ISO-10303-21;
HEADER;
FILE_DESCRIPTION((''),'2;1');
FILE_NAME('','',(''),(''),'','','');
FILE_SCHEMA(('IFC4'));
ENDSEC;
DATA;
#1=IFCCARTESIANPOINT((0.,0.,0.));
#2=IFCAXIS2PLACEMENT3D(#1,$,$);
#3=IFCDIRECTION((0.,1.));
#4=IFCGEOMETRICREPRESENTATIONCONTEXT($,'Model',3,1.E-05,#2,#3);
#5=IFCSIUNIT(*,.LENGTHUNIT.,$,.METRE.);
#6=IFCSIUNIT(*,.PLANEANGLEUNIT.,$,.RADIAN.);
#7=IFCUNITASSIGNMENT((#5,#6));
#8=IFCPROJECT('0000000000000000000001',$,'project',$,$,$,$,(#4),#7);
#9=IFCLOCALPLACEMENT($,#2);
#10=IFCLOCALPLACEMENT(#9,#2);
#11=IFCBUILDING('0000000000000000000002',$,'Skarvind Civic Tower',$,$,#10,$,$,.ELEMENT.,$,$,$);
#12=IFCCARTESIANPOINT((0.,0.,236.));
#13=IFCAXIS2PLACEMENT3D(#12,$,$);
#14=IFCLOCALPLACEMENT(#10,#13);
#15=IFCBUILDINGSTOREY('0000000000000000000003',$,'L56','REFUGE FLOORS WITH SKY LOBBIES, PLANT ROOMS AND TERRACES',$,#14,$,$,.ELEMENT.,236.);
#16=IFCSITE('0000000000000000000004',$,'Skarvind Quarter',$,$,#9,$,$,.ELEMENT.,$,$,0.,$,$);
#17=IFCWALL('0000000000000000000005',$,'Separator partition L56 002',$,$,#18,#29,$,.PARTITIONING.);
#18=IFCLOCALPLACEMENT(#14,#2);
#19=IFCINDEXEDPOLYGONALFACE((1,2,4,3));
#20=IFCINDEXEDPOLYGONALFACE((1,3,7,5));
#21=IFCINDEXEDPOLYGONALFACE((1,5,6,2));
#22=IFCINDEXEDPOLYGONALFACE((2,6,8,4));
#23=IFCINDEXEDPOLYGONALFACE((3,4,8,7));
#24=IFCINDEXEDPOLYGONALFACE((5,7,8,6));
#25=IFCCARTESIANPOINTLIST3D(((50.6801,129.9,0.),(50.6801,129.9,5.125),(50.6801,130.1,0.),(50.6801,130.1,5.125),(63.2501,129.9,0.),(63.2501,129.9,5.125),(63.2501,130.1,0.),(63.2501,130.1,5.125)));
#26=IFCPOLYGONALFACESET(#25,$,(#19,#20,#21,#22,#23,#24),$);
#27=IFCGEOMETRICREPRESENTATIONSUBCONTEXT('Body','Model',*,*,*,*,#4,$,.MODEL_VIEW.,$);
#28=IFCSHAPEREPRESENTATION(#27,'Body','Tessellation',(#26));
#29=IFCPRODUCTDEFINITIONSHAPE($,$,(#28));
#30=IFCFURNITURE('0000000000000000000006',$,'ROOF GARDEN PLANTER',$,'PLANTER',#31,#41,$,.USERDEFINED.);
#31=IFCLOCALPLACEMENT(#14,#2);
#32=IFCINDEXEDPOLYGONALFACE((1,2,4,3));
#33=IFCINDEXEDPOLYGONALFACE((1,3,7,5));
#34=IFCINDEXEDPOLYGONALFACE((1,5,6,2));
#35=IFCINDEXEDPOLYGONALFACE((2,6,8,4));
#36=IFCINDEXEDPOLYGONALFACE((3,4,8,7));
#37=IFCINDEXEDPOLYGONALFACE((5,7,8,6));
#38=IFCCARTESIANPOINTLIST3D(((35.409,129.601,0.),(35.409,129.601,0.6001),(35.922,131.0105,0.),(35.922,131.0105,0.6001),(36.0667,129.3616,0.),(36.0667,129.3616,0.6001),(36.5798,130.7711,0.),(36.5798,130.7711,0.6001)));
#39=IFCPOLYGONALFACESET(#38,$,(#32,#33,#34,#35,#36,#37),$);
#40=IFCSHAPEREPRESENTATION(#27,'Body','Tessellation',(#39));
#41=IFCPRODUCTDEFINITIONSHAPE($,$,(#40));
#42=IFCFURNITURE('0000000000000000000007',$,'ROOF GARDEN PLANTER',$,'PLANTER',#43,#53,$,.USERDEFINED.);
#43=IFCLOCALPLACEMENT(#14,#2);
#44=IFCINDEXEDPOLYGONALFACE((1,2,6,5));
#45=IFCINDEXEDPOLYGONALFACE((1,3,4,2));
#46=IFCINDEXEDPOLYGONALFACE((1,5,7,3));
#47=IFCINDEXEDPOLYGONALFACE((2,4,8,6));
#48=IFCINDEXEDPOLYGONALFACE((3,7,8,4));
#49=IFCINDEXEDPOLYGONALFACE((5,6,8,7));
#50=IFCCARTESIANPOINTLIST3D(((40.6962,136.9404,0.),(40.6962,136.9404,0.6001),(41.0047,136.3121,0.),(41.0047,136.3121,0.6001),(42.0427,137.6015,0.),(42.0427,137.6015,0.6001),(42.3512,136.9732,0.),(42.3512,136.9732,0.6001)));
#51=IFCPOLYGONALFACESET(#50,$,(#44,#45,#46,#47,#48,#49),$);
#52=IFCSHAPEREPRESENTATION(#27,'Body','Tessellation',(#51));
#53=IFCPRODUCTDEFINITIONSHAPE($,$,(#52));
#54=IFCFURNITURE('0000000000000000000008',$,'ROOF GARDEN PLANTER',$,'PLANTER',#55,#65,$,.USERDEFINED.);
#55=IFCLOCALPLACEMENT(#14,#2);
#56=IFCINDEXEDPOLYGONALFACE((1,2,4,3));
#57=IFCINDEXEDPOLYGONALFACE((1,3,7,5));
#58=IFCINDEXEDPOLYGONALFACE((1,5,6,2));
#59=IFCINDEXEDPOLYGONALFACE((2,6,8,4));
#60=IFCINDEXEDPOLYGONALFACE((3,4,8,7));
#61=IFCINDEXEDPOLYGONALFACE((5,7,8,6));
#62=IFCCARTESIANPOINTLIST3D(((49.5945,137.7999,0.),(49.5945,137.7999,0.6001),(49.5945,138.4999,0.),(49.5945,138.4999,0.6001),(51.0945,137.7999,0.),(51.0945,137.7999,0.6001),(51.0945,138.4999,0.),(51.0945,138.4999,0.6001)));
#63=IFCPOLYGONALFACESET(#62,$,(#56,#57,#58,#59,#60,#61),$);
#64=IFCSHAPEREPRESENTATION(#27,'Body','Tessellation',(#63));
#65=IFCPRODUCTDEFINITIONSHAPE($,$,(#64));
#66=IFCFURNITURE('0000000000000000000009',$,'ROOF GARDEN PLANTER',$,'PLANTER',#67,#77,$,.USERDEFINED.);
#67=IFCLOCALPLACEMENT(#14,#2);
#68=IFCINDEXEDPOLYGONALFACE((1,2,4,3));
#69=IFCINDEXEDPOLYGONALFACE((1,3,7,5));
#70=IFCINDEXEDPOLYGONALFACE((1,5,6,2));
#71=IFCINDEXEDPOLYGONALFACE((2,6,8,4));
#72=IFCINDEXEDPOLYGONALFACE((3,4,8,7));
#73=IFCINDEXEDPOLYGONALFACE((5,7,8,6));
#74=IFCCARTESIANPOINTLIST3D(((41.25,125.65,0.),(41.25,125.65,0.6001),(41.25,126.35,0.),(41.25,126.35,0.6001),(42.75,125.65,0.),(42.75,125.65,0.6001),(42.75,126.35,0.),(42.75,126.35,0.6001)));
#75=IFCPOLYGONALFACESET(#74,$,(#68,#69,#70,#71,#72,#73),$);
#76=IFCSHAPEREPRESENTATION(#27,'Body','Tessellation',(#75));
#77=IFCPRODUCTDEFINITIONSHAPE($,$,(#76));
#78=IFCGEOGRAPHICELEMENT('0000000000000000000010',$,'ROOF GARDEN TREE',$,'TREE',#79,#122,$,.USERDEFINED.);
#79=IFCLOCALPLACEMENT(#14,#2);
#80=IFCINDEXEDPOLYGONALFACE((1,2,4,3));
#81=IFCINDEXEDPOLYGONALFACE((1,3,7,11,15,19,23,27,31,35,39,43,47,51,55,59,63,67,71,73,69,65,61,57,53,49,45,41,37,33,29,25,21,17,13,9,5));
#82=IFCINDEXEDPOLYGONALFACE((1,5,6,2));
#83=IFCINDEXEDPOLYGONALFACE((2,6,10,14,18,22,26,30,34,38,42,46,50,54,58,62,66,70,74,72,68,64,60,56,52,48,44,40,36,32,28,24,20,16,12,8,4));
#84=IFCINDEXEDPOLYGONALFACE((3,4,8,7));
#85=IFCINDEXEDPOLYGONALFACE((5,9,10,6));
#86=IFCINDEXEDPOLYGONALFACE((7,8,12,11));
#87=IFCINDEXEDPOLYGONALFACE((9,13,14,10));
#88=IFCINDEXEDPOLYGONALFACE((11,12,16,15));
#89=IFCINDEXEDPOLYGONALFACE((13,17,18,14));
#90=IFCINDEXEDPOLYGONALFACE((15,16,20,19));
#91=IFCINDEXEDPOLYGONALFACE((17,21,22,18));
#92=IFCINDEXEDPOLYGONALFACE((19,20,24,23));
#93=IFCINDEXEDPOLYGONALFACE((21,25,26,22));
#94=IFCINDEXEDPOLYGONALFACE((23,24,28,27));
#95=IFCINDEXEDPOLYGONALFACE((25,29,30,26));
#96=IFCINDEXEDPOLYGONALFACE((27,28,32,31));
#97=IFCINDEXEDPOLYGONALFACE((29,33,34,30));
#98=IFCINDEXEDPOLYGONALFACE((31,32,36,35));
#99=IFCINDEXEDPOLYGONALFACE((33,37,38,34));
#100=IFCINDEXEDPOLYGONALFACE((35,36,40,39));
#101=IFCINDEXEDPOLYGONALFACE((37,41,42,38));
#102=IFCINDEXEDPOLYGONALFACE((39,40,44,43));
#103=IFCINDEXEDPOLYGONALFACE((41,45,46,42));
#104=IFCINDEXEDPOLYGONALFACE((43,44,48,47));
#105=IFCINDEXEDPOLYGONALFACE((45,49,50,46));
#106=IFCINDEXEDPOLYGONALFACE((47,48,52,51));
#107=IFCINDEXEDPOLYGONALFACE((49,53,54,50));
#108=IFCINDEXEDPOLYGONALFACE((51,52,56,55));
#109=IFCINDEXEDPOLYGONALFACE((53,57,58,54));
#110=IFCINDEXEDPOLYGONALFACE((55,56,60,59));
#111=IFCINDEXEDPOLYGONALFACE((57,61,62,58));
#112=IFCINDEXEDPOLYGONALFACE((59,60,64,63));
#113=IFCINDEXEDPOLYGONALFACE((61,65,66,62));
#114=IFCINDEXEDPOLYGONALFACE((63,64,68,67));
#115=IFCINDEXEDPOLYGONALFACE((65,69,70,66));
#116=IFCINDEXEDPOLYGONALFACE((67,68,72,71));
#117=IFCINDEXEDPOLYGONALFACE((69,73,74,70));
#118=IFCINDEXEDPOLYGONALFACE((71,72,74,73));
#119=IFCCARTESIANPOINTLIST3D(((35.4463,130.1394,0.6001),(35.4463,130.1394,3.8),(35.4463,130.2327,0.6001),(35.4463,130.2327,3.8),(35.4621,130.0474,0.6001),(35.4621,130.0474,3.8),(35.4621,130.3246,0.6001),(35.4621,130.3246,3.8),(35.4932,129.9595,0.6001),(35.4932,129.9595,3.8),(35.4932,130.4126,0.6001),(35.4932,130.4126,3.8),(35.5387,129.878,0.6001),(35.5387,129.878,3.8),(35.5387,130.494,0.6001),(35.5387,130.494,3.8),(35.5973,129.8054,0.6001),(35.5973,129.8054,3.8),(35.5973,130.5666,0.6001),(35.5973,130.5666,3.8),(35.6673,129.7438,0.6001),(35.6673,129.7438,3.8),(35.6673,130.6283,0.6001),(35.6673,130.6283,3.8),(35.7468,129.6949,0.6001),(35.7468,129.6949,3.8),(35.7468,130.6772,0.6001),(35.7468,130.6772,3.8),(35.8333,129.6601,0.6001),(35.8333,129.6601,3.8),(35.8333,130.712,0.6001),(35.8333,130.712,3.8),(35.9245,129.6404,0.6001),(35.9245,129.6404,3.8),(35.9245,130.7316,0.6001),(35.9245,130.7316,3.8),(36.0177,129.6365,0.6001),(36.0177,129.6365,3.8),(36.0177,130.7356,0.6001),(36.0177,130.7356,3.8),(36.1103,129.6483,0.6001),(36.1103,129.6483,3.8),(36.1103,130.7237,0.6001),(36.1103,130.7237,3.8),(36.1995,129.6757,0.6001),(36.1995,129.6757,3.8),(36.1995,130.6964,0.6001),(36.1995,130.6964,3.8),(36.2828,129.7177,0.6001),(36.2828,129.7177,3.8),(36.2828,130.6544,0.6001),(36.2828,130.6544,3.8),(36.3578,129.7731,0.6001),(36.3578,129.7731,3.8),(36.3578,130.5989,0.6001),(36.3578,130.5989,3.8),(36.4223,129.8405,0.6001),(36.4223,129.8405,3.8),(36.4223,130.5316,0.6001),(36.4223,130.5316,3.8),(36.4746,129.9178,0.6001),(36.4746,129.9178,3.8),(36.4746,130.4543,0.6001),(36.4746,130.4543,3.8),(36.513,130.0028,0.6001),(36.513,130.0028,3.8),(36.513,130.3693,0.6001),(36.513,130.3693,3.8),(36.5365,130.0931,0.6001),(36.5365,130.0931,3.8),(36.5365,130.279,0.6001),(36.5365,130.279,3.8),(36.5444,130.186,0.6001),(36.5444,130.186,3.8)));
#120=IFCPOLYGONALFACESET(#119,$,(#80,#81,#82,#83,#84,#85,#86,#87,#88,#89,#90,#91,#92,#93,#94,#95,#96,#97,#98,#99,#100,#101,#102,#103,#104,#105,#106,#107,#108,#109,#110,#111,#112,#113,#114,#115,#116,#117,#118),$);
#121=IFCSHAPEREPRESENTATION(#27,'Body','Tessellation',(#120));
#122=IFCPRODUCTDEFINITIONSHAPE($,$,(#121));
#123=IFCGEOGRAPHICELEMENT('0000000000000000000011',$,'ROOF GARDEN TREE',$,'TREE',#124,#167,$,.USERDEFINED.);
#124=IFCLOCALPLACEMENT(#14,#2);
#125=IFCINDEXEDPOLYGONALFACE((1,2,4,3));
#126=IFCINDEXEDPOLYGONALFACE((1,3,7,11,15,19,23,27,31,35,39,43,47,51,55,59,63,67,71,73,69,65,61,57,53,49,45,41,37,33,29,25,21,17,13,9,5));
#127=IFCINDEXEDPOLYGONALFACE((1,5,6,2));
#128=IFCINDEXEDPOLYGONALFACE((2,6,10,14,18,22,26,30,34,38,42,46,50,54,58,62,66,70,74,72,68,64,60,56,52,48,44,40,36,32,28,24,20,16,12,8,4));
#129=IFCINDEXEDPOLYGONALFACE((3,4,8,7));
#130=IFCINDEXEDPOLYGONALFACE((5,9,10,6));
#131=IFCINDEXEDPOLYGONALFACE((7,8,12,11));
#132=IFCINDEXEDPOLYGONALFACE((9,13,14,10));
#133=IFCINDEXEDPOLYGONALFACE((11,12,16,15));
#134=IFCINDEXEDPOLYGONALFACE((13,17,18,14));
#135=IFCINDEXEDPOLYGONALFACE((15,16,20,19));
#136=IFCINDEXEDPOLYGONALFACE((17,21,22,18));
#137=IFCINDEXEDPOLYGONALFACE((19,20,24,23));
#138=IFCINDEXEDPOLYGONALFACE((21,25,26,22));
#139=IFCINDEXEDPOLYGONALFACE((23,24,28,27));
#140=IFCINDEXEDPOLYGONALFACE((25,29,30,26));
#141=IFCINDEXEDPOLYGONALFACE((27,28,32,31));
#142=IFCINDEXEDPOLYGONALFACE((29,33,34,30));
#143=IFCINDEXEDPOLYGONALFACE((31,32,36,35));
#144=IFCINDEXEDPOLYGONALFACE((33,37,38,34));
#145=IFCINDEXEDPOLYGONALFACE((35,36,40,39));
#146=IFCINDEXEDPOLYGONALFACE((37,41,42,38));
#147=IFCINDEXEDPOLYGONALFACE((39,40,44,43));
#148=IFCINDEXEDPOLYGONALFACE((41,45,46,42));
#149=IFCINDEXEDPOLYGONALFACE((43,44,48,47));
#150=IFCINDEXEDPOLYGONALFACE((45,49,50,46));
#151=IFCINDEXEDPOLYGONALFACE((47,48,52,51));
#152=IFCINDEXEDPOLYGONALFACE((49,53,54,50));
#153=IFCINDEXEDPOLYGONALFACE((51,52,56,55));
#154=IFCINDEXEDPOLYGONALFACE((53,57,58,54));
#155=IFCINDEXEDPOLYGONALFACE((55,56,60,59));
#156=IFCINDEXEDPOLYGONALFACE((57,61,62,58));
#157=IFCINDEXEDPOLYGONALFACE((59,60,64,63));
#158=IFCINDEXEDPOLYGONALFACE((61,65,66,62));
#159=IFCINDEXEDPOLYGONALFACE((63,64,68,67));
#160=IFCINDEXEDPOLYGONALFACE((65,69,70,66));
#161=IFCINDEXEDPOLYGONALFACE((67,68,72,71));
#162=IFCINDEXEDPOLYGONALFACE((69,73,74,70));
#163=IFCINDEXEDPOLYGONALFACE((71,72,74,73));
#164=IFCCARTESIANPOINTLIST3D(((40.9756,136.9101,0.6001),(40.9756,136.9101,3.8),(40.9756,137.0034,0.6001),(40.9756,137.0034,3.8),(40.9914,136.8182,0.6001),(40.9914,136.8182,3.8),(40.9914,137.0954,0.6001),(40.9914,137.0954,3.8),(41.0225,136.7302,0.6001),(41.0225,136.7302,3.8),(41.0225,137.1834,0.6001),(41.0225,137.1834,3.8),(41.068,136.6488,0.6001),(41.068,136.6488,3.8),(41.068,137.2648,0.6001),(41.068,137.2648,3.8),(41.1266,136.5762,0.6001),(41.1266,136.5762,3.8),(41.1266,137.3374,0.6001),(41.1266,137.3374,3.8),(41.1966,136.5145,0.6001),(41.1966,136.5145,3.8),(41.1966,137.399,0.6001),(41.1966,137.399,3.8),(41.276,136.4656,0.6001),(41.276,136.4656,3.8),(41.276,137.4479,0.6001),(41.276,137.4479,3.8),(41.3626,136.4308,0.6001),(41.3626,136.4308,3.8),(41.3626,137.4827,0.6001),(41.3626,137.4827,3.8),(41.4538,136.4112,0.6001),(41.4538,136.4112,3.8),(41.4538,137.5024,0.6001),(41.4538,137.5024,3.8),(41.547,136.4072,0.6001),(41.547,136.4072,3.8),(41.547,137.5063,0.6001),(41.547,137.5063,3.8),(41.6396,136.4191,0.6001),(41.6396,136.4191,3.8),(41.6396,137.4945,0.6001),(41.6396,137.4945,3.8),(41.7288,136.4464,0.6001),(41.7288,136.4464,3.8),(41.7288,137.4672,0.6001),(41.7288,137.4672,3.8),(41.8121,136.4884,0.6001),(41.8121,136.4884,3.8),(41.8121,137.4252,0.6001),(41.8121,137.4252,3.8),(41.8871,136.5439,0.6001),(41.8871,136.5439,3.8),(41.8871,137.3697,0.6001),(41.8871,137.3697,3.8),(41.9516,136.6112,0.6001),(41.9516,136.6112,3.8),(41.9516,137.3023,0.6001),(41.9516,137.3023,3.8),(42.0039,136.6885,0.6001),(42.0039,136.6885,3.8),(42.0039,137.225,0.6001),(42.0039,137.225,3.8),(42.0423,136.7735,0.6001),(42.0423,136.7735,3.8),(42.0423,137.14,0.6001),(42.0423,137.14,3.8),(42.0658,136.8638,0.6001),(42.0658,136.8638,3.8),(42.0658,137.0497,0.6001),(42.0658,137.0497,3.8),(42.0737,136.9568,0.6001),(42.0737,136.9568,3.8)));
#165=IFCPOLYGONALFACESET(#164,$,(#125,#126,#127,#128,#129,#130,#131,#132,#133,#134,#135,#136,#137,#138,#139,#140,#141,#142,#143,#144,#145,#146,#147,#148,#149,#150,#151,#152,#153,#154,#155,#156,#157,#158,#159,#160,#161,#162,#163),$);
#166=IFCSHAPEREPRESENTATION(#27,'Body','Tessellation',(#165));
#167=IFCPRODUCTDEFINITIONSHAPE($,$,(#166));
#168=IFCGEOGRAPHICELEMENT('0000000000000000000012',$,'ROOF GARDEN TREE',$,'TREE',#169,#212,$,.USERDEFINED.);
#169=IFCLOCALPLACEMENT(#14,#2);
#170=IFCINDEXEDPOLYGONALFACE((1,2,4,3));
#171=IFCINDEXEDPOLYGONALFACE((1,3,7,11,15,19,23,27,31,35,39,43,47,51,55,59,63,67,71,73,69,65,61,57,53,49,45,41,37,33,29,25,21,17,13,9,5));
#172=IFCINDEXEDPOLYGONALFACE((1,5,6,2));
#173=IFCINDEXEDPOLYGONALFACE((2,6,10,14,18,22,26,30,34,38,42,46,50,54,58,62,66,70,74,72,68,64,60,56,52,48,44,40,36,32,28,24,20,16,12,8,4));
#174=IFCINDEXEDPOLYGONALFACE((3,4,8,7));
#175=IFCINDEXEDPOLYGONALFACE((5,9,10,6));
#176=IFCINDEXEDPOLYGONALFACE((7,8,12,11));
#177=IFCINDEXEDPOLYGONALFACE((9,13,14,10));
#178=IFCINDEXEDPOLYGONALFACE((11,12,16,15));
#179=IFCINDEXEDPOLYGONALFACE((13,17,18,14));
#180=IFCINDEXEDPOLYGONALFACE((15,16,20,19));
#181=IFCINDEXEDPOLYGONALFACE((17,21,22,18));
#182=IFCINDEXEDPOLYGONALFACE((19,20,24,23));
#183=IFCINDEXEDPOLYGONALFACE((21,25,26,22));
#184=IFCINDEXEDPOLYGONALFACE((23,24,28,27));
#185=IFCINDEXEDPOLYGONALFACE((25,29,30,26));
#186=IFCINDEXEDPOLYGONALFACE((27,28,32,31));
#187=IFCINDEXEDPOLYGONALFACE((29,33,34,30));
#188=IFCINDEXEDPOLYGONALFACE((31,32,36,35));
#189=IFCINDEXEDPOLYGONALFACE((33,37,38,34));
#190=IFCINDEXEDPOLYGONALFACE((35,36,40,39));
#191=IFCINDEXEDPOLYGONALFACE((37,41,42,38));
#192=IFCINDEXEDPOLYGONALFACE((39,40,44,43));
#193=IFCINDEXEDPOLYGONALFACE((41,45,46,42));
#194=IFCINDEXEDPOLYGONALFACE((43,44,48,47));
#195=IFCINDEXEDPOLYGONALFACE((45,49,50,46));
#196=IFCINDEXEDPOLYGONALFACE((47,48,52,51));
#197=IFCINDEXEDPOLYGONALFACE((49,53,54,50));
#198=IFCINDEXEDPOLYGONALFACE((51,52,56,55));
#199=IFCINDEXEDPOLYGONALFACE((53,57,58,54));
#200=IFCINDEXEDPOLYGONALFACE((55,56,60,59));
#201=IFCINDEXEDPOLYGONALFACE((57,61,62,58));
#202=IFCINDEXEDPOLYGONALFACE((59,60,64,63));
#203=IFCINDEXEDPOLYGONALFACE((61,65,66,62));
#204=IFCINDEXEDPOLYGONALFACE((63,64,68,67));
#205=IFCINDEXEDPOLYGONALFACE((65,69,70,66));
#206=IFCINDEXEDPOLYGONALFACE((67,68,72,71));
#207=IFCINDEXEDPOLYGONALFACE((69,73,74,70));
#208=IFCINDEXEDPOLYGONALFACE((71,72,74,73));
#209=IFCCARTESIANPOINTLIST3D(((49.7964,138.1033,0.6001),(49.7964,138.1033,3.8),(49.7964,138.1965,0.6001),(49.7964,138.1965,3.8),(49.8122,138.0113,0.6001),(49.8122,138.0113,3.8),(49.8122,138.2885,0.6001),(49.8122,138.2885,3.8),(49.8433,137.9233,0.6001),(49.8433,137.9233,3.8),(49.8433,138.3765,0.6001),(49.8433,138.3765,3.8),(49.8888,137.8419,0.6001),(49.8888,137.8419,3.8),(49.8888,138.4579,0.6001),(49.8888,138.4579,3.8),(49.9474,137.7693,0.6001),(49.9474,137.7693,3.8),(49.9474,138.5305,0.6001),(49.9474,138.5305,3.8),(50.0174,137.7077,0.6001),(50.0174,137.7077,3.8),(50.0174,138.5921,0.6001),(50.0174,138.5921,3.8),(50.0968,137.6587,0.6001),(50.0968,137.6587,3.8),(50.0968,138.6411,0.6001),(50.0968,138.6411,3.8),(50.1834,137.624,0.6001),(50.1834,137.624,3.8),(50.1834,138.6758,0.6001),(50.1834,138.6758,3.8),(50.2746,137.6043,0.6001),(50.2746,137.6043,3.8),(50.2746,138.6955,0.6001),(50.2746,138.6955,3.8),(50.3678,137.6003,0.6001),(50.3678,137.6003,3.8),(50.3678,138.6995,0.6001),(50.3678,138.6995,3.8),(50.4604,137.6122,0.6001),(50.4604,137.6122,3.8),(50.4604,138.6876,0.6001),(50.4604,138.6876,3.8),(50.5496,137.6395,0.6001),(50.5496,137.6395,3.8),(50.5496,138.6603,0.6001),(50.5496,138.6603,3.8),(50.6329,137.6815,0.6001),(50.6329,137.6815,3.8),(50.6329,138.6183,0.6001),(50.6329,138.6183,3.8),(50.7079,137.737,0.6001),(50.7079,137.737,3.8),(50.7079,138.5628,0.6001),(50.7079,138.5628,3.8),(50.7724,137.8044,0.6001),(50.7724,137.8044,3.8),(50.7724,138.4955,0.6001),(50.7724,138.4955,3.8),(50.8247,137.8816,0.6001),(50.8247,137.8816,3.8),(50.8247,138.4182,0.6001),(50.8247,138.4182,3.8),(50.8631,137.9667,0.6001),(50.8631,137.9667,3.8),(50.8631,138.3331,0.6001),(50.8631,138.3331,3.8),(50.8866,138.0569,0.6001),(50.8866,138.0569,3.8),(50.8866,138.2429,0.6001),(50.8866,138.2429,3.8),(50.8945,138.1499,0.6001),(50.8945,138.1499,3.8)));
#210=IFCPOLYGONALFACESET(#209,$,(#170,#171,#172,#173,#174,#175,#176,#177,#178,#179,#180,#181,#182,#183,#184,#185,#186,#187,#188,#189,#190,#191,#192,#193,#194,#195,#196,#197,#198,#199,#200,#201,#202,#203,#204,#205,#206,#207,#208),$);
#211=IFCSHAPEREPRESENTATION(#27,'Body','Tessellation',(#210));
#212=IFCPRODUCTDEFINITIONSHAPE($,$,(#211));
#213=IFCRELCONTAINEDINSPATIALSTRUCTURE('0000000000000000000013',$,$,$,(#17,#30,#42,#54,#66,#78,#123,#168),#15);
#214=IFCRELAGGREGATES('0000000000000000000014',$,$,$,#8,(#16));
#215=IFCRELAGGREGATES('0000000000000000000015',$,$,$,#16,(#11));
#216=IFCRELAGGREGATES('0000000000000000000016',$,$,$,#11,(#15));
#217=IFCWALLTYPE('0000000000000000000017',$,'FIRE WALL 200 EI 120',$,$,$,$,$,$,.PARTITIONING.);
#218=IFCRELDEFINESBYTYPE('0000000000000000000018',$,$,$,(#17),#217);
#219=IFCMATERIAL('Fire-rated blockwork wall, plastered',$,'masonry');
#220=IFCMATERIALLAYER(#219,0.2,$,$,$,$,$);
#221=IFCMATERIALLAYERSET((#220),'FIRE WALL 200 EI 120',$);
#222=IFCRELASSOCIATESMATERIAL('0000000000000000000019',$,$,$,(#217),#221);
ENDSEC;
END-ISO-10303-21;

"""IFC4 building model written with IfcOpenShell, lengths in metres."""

from ifc_helpers import new_model, si_unit, direction, frame, frame_2d, origin, origin_2d, place, context, subcontext, project, spatial, rectangle, circle, extrude, material, layer, layer_set, type_object, element, save


model = new_model("IFC4")

# Units and contexts
model_context = context("Model", 3, precision=1e-05, world=origin(), true_north=direction((0.0, 1.0)))
body_context = subcontext(model_context, "Body", "Model", "MODEL_VIEW")
ifc_project = project(units=[si_unit("LENGTHUNIT", "METRE"), si_unit("PLANEANGLEUNIT", "RADIAN")], contexts=[model_context])

# Site, building, storey
site_placement = place(None, origin())
site = spatial("IfcSite", under=ifc_project, at=site_placement, Name="Skarvind Quarter", CompositionType="ELEMENT", RefElevation=0.0)
building_placement = place(site_placement, origin())
building = spatial("IfcBuilding", under=site, at=building_placement, Name="Skarvind Civic Tower", CompositionType="ELEMENT")
storey_placement = place(building_placement, frame((0.0, 0.0, 236.0)))
storey = spatial("IfcBuildingStorey", under=building, at=storey_placement, Name="L56", Description="REFUGE FLOORS WITH SKY LOBBIES, PLANT ROOMS AND TERRACES", CompositionType="ELEMENT", Elevation=236.0)

# Shared definitions
ifc_material_1 = material(Name="Fire-rated blockwork wall, plastered", Category="masonry")
ifc_layer_1 = layer(ifc_material_1, 0.2)
ifc_layer_set_1 = layer_set([ifc_layer_1], Name="FIRE WALL 200 EI 120")
wall_type_1 = type_object("IfcWallType", Name="FIRE WALL 200 EI 120", PredefinedType="PARTITIONING", material=ifc_layer_set_1)

# Wall
wall_1_placement = place(storey_placement, frame((50.6799, 130.0, 0.0), z_axis=(0.0, 0.0, 1.0), x_axis=(1.0, 0.0, 0.0)))
element("IfcWall", 1, at=wall_1_placement, inside=storey, type_object=wall_type_1, Name="Separator partition L56 002", PredefinedType="PARTITIONING", context=body_context, shape_type="SweptSolid", body=[
    extrude(rectangle(XDim=12.5701, YDim=0.2, at=frame_2d((6.2852, 0.0))), origin(), (0.0, 0.0, 1.0), 5.125),
])

# Furniture
for number, where, z_axis, x_axis, name in (
    (2, (35.9944, 130.186, 0.0), (0.0, 0.0, 1.0), (0.34202, 0.939693, 0.0), "ROOF GARDEN PLANTER"),
    (3, (41.5237, 136.9568, 0.0), (0.0, 0.0, 1.0), (0.897643, 0.440723, 0.0), "ROOF GARDEN PLANTER"),
    (4, (50.3445, 138.1499, 0.0), (0.0, 0.0, 1.0), (1.0, 0.0, 0.0), "ROOF GARDEN PLANTER"),
    (5, (42.0, 126.0, 0.0), (0.0, 0.0, 1.0), (1.0, 0.0, 0.0), "ROOF GARDEN PLANTER"),
):
    element("IfcFurniture", number, at=place(storey_placement, frame(where, z_axis=z_axis, x_axis=x_axis)), inside=storey, Name=name, ObjectType="PLANTER", PredefinedType="USERDEFINED", context=body_context, shape_type="SweptSolid", body=[
        extrude(rectangle(XDim=1.5, YDim=0.7, at=origin_2d()), origin(), (0.0, 0.0, 1.0), 0.6001),
    ])

# Geographic elements
for number, where, z_axis, x_axis, name in (
    (6, (35.9944, 130.186, 0.6001), (0.0, 0.0, 1.0), (1.0, 0.0, 0.0), "ROOF GARDEN TREE"),
    (7, (41.5237, 136.9568, 0.6001), (0.0, 0.0, 1.0), (1.0, 0.0, 0.0), "ROOF GARDEN TREE"),
    (8, (50.3445, 138.1499, 0.6001), (0.0, 0.0, 1.0), (1.0, 0.0, 0.0), "ROOF GARDEN TREE"),
):
    element("IfcGeographicElement", number, at=place(storey_placement, frame(where, z_axis=z_axis, x_axis=x_axis)), inside=storey, Name=name, ObjectType="TREE", PredefinedType="USERDEFINED", context=body_context, shape_type="SweptSolid", body=[
        extrude(circle(Radius=0.55, at=origin_2d()), origin(), (0.0, 0.0, 1.0), 3.2),
    ])

save(model, "model.ifc")
